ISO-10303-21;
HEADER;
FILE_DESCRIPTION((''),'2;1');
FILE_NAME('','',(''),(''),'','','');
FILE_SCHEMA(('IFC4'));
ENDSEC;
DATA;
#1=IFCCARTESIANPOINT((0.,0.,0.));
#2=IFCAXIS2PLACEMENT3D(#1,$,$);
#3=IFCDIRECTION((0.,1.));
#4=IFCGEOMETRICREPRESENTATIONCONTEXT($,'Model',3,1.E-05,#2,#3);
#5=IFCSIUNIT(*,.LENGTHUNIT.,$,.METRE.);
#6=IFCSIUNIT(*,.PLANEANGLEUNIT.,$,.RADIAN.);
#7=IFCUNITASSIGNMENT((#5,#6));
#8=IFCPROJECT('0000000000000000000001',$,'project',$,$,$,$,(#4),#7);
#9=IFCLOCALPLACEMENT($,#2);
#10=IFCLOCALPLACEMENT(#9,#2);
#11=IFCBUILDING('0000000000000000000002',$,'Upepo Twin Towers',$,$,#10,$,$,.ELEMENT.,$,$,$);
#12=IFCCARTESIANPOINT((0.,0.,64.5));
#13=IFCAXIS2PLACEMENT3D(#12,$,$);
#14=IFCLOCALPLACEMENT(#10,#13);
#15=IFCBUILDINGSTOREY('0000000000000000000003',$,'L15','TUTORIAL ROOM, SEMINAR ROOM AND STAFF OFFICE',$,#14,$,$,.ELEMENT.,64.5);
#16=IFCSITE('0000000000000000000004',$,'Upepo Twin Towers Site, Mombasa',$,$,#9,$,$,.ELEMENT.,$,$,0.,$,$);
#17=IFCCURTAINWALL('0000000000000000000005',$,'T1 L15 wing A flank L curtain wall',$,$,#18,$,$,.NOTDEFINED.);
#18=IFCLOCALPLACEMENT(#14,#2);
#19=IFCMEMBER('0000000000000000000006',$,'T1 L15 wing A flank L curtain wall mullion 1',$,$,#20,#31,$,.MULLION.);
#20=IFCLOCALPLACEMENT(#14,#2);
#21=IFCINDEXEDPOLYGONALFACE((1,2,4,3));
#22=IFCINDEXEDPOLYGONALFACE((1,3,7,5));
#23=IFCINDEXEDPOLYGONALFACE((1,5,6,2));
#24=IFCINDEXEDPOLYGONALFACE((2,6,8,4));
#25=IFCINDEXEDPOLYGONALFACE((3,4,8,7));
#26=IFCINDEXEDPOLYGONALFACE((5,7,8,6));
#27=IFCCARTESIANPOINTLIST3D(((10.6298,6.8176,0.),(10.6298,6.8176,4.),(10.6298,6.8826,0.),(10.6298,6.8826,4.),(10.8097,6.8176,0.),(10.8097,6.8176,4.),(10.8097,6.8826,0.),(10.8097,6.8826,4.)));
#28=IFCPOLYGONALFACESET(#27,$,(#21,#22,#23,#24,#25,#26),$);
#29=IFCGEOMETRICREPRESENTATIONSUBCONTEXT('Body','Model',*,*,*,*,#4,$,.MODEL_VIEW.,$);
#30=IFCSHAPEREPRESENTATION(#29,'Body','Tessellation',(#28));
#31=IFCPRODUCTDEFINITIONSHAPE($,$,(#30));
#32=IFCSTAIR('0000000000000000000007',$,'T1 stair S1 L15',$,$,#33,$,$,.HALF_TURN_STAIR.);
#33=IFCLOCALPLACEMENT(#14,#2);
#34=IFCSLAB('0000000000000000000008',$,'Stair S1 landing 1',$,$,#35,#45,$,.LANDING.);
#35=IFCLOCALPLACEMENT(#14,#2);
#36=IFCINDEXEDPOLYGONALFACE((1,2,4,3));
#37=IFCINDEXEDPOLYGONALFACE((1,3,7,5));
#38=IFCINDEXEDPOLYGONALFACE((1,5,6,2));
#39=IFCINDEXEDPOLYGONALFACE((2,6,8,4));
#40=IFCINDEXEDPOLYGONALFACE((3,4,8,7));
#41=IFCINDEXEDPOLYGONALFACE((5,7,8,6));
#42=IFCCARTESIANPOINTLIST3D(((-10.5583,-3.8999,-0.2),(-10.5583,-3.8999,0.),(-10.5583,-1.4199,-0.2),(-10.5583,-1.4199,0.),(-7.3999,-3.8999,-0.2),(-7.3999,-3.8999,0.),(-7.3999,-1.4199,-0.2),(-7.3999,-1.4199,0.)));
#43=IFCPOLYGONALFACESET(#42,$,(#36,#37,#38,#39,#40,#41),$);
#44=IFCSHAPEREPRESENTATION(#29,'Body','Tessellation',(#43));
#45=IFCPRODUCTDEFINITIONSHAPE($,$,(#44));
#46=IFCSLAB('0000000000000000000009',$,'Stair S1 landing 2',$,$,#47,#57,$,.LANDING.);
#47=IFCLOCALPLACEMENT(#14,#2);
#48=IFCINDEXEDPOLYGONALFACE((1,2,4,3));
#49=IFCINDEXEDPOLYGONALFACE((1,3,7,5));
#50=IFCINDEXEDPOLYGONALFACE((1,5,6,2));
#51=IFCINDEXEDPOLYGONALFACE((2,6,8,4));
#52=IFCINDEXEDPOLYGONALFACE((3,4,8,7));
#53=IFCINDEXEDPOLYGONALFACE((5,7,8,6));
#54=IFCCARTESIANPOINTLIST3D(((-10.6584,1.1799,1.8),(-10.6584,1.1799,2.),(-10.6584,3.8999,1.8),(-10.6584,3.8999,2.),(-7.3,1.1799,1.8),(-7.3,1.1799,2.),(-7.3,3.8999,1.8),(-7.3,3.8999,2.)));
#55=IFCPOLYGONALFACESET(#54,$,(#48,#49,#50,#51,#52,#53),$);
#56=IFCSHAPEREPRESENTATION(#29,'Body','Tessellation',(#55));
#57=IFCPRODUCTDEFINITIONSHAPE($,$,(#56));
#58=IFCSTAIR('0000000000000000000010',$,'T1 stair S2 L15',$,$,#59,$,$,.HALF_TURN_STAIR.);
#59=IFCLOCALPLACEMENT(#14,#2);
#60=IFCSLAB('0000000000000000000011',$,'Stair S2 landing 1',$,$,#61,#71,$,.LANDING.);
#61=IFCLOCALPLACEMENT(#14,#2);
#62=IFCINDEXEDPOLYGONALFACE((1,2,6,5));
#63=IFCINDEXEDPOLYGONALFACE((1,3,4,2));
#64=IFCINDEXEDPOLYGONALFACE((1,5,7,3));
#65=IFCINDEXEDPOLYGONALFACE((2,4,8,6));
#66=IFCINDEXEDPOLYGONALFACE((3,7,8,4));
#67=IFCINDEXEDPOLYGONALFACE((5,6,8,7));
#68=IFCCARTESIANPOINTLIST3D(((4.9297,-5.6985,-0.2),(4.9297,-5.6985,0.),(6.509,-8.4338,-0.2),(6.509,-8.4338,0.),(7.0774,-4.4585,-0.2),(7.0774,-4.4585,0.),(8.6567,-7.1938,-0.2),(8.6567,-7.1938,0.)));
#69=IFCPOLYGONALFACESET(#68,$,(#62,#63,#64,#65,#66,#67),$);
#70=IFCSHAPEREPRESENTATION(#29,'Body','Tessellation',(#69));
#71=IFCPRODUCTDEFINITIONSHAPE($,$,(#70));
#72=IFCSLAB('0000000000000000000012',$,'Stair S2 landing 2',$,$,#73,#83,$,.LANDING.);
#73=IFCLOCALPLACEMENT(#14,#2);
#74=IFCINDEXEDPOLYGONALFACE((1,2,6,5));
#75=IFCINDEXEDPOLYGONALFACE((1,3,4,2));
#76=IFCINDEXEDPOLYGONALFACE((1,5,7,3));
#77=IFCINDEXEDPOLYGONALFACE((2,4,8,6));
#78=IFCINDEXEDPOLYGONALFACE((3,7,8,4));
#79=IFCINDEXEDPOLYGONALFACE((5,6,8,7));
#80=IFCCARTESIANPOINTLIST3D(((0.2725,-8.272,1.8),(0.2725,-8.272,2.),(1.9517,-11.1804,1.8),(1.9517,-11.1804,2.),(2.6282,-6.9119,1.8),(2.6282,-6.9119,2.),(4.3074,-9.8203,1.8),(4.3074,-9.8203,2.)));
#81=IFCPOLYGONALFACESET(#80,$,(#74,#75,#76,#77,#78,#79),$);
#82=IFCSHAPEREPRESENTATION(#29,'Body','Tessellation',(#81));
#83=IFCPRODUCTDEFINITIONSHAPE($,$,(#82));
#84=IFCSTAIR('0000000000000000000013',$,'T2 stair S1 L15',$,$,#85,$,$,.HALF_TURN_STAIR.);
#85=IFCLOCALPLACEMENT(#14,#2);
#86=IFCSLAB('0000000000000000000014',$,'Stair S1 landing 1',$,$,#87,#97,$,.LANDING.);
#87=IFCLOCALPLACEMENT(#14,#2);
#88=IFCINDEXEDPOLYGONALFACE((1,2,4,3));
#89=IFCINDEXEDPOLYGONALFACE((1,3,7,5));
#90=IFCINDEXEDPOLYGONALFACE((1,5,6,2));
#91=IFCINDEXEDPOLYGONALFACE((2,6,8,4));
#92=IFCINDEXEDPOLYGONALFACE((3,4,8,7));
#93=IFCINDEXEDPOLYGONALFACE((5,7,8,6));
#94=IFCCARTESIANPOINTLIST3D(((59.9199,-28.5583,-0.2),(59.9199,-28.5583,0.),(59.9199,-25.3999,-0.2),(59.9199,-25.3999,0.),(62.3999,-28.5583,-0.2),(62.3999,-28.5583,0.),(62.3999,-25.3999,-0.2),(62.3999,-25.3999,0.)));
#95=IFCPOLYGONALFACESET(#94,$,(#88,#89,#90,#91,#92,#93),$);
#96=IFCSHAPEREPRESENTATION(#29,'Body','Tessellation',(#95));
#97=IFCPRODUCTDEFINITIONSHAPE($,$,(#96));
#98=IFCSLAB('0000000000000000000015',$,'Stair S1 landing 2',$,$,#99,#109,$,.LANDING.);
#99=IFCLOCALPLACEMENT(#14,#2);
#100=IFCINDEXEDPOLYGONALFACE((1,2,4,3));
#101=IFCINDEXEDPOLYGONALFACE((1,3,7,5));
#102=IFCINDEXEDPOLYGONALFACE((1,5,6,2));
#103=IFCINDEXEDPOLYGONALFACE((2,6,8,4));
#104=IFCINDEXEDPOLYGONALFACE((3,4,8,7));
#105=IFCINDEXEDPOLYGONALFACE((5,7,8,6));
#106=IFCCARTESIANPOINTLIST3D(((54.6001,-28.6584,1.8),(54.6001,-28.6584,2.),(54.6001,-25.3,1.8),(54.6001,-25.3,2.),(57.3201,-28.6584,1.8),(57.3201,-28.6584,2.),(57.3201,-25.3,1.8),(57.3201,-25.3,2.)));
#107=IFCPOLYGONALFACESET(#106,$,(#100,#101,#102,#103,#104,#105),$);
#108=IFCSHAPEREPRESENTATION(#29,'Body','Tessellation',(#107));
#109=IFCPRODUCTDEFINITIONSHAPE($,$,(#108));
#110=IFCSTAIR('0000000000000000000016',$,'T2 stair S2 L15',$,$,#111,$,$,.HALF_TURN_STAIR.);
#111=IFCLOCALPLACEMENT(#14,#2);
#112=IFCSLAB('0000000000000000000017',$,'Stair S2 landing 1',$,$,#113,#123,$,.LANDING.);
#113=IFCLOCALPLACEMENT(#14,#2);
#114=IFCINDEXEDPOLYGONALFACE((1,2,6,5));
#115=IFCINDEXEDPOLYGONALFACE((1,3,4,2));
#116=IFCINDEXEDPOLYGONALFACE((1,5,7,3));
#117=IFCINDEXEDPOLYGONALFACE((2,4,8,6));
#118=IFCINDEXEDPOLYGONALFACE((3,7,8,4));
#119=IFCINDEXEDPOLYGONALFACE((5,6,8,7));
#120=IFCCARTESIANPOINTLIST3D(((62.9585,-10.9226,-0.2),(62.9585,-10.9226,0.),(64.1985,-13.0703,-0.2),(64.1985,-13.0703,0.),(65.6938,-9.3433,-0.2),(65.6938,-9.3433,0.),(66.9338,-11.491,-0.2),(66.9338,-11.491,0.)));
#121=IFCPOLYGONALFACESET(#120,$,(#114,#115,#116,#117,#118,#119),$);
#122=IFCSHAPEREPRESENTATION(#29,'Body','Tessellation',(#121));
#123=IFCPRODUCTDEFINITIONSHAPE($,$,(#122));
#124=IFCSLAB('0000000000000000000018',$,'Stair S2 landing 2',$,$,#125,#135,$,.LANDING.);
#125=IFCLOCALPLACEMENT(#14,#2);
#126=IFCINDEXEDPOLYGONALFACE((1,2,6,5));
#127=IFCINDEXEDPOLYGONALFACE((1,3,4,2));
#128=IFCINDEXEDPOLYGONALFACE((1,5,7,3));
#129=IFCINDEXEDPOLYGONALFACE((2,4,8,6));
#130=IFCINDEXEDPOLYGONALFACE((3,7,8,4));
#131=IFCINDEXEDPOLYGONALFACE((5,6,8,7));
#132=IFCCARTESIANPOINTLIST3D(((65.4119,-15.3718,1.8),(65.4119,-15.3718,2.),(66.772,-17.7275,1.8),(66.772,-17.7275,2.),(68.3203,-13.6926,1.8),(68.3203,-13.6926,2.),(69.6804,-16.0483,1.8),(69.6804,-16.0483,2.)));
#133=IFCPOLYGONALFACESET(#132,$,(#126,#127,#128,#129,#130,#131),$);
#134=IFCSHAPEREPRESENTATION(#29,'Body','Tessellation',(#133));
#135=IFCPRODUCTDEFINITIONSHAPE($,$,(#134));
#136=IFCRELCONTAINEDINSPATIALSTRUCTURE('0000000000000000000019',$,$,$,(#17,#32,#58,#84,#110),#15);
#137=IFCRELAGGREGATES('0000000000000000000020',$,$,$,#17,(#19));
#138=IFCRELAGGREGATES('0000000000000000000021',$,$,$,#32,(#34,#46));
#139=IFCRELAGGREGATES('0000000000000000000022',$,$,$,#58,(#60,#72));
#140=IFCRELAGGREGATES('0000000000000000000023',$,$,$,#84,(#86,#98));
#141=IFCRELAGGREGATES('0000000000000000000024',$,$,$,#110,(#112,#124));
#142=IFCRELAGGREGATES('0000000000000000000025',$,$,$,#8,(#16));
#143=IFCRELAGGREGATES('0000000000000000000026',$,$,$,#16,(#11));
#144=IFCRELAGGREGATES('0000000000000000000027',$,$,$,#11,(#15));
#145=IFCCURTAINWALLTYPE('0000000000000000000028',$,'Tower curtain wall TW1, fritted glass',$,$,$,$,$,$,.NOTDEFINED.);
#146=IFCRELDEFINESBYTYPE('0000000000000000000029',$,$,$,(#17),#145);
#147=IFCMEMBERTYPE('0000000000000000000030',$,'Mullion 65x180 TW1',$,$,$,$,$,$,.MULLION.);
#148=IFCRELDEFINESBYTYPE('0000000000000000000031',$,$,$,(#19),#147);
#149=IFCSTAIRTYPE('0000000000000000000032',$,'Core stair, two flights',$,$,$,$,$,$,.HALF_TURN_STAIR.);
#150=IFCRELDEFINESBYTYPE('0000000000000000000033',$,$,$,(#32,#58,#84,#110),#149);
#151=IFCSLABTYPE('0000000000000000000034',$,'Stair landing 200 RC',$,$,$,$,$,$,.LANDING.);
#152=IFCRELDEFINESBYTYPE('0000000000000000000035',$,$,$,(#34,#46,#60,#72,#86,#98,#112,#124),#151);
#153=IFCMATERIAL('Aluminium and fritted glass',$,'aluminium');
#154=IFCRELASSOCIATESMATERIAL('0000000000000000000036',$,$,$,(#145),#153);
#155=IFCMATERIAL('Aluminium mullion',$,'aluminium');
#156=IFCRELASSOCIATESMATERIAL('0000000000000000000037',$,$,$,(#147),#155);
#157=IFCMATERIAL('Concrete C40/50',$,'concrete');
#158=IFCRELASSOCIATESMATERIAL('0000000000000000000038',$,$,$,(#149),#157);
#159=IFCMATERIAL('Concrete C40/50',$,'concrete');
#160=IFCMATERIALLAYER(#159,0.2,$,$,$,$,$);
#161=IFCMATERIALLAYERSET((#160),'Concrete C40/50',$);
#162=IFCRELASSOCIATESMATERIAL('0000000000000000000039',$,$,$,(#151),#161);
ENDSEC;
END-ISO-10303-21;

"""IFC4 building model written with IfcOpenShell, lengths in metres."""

from ifc_helpers import new_model, si_unit, direction, frame, origin, origin_2d, place, context, subcontext, project, spatial, polyline, rectangle, outline, extrude, material, layer, layer_set, material_profile, profile_set, type_object, element, aggregate, save


model = new_model("IFC4")

# Units and contexts
model_context = context("Model", 3, precision=1e-05, world=origin(), true_north=direction((0.0, 1.0)))
body_context = subcontext(model_context, "Body", "Model", "MODEL_VIEW")
ifc_project = project(units=[si_unit("LENGTHUNIT", "METRE"), si_unit("PLANEANGLEUNIT", "RADIAN")], contexts=[model_context])

# Site, building, storey
site_placement = place(None, origin())
site = spatial("IfcSite", under=ifc_project, at=site_placement, Name="Upepo Twin Towers Site, Mombasa", CompositionType="ELEMENT", RefElevation=0.0)
building_placement = place(site_placement, origin())
building = spatial("IfcBuilding", under=site, at=building_placement, Name="Upepo Twin Towers", CompositionType="ELEMENT")
storey_placement = place(building_placement, frame((0.0, 0.0, 64.5)))
storey = spatial("IfcBuildingStorey", under=building, at=storey_placement, Name="L15", Description="TUTORIAL ROOM, SEMINAR ROOM AND STAFF OFFICE", CompositionType="ELEMENT", Elevation=64.5)

# Curtain wall, member
ifc_material_1 = material(Name="Aluminium and fritted glass", Category="aluminium")
curtain_wall_type = type_object("IfcCurtainWallType", Name="Tower curtain wall TW1, fritted glass", PredefinedType="NOTDEFINED", material=ifc_material_1)
curtain_wall_placement = place(storey_placement, origin())
curtain_wall = element("IfcCurtainWall", 1, at=curtain_wall_placement, inside=storey, type_object=curtain_wall_type, Name="T1 L15 wing A flank L curtain wall", PredefinedType="NOTDEFINED")
ifc_material_2 = material(Name="Aluminium mullion", Category="aluminium")
ifc_material_profile = material_profile(ifc_material_2, rectangle(XDim=0.0649, YDim=0.1799, at=origin_2d()), Name="MULLION 65x180")
ifc_profile_set = profile_set([ifc_material_profile], Name="Aluminium mullion")
member_type = type_object("IfcMemberType", Name="Mullion 65x180 TW1", PredefinedType="MULLION", material=ifc_profile_set)
member_placement = place(storey_placement, frame((10.7197, 6.8501, 0.0), z_axis=(0.0, 0.0, 1.0), x_axis=(0.0, 1.0, 0.0)))
member = element("IfcMember", 2, at=member_placement, type_object=member_type, Name="T1 L15 wing A flank L curtain wall mullion 1", PredefinedType="MULLION", context=body_context, shape_type="SweptSolid", body=[
    extrude(rectangle(XDim=0.0649, YDim=0.1799, at=origin_2d()), origin(), (0.0, 0.0, 1.0), 4.0),
])
aggregate(curtain_wall, [member])

# Stairs, slabs
ifc_material_3 = material(Name="Concrete C40/50", Category="concrete")
stair_type = type_object("IfcStairType", Name="Core stair, two flights", PredefinedType="HALF_TURN_STAIR", material=ifc_material_3)
stair_1_placement = place(storey_placement, origin())
stair_1 = element("IfcStair", 3, at=stair_1_placement, inside=storey, type_object=stair_type, Name="T1 stair S1 L15", PredefinedType="HALF_TURN_STAIR")
ifc_material_4 = material(Name="Concrete C40/50", Category="concrete")
ifc_layer_1 = layer(ifc_material_4, 0.2)
ifc_layer_set_1 = layer_set([ifc_layer_1], Name="Concrete C40/50")
slab_type_1 = type_object("IfcSlabType", Name="Stair landing 200 RC", PredefinedType="LANDING", material=ifc_layer_set_1)
slab_1_placement = place(storey_placement, frame((0.0, 0.0, -0.2)))
slab_1 = element("IfcSlab", 4, at=slab_1_placement, type_object=slab_type_1, Name="Stair S1 landing 1", PredefinedType="LANDING", context=body_context, shape_type="SweptSolid", body=[
    extrude(outline(polyline([(-7.3999, -1.4199), (-10.5583, -1.4199), (-10.5583, -3.8999), (-7.3999, -3.8999), (-7.3999, -1.4199)])), origin(), (0.0, 0.0, 1.0), 0.2),
])
slab_2_placement = place(storey_placement, frame((0.0, 0.0, 1.8)))
slab_2 = element("IfcSlab", 5, at=slab_2_placement, type_object=slab_type_1, Name="Stair S1 landing 2", PredefinedType="LANDING", context=body_context, shape_type="SweptSolid", body=[
    extrude(outline(polyline([(-7.3, 3.8999), (-10.6584, 3.8999), (-10.6584, 1.1799), (-7.3, 1.1799), (-7.3, 3.8999)])), origin(), (0.0, 0.0, 1.0), 0.2),
])
aggregate(stair_1, [slab_1, slab_2])
stair_2_placement = place(storey_placement, origin())
stair_2 = element("IfcStair", 6, at=stair_2_placement, inside=storey, type_object=stair_type, Name="T1 stair S2 L15", PredefinedType="HALF_TURN_STAIR")
slab_3_placement = place(storey_placement, frame((0.0, 0.0, -0.2)))
slab_3 = element("IfcSlab", 7, at=slab_3_placement, type_object=slab_type_1, Name="Stair S2 landing 1", PredefinedType="LANDING", context=body_context, shape_type="SweptSolid", body=[
    extrude(outline(polyline([(4.9297, -5.6985), (6.509, -8.4338), (8.6567, -7.1938), (7.0774, -4.4585), (4.9297, -5.6985)])), origin(), (0.0, 0.0, 1.0), 0.2),
])
slab_4_placement = place(storey_placement, frame((0.0, 0.0, 1.8)))
slab_4 = element("IfcSlab", 8, at=slab_4_placement, type_object=slab_type_1, Name="Stair S2 landing 2", PredefinedType="LANDING", context=body_context, shape_type="SweptSolid", body=[
    extrude(outline(polyline([(0.2725, -8.272), (1.9517, -11.1804), (4.3074, -9.8203), (2.6282, -6.9119), (0.2725, -8.272)])), origin(), (0.0, 0.0, 1.0), 0.2),
])
aggregate(stair_2, [slab_3, slab_4])
stair_3_placement = place(storey_placement, origin())
stair_3 = element("IfcStair", 9, at=stair_3_placement, inside=storey, type_object=stair_type, Name="T2 stair S1 L15", PredefinedType="HALF_TURN_STAIR")
slab_5_placement = place(storey_placement, frame((0.0, 0.0, -0.2)))
slab_5 = element("IfcSlab", 10, at=slab_5_placement, type_object=slab_type_1, Name="Stair S1 landing 1", PredefinedType="LANDING", context=body_context, shape_type="SweptSolid", body=[
    extrude(outline(polyline([(59.9199, -25.3999), (59.9199, -28.5583), (62.3999, -28.5583), (62.3999, -25.3999), (59.9199, -25.3999)])), origin(), (0.0, 0.0, 1.0), 0.2),
])
slab_6_placement = place(storey_placement, frame((0.0, 0.0, 1.8)))
slab_6 = element("IfcSlab", 11, at=slab_6_placement, type_object=slab_type_1, Name="Stair S1 landing 2", PredefinedType="LANDING", context=body_context, shape_type="SweptSolid", body=[
    extrude(outline(polyline([(54.6001, -25.3), (54.6001, -28.6584), (57.3201, -28.6584), (57.3201, -25.3), (54.6001, -25.3)])), origin(), (0.0, 0.0, 1.0), 0.2),
])
aggregate(stair_3, [slab_5, slab_6])
stair_4_placement = place(storey_placement, origin())
stair_4 = element("IfcStair", 12, at=stair_4_placement, inside=storey, type_object=stair_type, Name="T2 stair S2 L15", PredefinedType="HALF_TURN_STAIR")
slab_7_placement = place(storey_placement, frame((0.0, 0.0, -0.2)))
slab_7 = element("IfcSlab", 13, at=slab_7_placement, type_object=slab_type_1, Name="Stair S2 landing 1", PredefinedType="LANDING", context=body_context, shape_type="SweptSolid", body=[
    extrude(outline(polyline([(64.1985, -13.0703), (66.9338, -11.491), (65.6938, -9.3433), (62.9585, -10.9226), (64.1985, -13.0703)])), origin(), (0.0, 0.0, 1.0), 0.2),
])
slab_8_placement = place(storey_placement, frame((0.0, 0.0, 1.8)))
slab_8 = element("IfcSlab", 14, at=slab_8_placement, type_object=slab_type_1, Name="Stair S2 landing 2", PredefinedType="LANDING", context=body_context, shape_type="SweptSolid", body=[
    extrude(outline(polyline([(66.772, -17.7275), (69.6804, -16.0483), (68.3203, -13.6926), (65.4119, -15.3718), (66.772, -17.7275)])), origin(), (0.0, 0.0, 1.0), 0.2),
])
aggregate(stair_4, [slab_7, slab_8])

save(model, "model.ifc")
